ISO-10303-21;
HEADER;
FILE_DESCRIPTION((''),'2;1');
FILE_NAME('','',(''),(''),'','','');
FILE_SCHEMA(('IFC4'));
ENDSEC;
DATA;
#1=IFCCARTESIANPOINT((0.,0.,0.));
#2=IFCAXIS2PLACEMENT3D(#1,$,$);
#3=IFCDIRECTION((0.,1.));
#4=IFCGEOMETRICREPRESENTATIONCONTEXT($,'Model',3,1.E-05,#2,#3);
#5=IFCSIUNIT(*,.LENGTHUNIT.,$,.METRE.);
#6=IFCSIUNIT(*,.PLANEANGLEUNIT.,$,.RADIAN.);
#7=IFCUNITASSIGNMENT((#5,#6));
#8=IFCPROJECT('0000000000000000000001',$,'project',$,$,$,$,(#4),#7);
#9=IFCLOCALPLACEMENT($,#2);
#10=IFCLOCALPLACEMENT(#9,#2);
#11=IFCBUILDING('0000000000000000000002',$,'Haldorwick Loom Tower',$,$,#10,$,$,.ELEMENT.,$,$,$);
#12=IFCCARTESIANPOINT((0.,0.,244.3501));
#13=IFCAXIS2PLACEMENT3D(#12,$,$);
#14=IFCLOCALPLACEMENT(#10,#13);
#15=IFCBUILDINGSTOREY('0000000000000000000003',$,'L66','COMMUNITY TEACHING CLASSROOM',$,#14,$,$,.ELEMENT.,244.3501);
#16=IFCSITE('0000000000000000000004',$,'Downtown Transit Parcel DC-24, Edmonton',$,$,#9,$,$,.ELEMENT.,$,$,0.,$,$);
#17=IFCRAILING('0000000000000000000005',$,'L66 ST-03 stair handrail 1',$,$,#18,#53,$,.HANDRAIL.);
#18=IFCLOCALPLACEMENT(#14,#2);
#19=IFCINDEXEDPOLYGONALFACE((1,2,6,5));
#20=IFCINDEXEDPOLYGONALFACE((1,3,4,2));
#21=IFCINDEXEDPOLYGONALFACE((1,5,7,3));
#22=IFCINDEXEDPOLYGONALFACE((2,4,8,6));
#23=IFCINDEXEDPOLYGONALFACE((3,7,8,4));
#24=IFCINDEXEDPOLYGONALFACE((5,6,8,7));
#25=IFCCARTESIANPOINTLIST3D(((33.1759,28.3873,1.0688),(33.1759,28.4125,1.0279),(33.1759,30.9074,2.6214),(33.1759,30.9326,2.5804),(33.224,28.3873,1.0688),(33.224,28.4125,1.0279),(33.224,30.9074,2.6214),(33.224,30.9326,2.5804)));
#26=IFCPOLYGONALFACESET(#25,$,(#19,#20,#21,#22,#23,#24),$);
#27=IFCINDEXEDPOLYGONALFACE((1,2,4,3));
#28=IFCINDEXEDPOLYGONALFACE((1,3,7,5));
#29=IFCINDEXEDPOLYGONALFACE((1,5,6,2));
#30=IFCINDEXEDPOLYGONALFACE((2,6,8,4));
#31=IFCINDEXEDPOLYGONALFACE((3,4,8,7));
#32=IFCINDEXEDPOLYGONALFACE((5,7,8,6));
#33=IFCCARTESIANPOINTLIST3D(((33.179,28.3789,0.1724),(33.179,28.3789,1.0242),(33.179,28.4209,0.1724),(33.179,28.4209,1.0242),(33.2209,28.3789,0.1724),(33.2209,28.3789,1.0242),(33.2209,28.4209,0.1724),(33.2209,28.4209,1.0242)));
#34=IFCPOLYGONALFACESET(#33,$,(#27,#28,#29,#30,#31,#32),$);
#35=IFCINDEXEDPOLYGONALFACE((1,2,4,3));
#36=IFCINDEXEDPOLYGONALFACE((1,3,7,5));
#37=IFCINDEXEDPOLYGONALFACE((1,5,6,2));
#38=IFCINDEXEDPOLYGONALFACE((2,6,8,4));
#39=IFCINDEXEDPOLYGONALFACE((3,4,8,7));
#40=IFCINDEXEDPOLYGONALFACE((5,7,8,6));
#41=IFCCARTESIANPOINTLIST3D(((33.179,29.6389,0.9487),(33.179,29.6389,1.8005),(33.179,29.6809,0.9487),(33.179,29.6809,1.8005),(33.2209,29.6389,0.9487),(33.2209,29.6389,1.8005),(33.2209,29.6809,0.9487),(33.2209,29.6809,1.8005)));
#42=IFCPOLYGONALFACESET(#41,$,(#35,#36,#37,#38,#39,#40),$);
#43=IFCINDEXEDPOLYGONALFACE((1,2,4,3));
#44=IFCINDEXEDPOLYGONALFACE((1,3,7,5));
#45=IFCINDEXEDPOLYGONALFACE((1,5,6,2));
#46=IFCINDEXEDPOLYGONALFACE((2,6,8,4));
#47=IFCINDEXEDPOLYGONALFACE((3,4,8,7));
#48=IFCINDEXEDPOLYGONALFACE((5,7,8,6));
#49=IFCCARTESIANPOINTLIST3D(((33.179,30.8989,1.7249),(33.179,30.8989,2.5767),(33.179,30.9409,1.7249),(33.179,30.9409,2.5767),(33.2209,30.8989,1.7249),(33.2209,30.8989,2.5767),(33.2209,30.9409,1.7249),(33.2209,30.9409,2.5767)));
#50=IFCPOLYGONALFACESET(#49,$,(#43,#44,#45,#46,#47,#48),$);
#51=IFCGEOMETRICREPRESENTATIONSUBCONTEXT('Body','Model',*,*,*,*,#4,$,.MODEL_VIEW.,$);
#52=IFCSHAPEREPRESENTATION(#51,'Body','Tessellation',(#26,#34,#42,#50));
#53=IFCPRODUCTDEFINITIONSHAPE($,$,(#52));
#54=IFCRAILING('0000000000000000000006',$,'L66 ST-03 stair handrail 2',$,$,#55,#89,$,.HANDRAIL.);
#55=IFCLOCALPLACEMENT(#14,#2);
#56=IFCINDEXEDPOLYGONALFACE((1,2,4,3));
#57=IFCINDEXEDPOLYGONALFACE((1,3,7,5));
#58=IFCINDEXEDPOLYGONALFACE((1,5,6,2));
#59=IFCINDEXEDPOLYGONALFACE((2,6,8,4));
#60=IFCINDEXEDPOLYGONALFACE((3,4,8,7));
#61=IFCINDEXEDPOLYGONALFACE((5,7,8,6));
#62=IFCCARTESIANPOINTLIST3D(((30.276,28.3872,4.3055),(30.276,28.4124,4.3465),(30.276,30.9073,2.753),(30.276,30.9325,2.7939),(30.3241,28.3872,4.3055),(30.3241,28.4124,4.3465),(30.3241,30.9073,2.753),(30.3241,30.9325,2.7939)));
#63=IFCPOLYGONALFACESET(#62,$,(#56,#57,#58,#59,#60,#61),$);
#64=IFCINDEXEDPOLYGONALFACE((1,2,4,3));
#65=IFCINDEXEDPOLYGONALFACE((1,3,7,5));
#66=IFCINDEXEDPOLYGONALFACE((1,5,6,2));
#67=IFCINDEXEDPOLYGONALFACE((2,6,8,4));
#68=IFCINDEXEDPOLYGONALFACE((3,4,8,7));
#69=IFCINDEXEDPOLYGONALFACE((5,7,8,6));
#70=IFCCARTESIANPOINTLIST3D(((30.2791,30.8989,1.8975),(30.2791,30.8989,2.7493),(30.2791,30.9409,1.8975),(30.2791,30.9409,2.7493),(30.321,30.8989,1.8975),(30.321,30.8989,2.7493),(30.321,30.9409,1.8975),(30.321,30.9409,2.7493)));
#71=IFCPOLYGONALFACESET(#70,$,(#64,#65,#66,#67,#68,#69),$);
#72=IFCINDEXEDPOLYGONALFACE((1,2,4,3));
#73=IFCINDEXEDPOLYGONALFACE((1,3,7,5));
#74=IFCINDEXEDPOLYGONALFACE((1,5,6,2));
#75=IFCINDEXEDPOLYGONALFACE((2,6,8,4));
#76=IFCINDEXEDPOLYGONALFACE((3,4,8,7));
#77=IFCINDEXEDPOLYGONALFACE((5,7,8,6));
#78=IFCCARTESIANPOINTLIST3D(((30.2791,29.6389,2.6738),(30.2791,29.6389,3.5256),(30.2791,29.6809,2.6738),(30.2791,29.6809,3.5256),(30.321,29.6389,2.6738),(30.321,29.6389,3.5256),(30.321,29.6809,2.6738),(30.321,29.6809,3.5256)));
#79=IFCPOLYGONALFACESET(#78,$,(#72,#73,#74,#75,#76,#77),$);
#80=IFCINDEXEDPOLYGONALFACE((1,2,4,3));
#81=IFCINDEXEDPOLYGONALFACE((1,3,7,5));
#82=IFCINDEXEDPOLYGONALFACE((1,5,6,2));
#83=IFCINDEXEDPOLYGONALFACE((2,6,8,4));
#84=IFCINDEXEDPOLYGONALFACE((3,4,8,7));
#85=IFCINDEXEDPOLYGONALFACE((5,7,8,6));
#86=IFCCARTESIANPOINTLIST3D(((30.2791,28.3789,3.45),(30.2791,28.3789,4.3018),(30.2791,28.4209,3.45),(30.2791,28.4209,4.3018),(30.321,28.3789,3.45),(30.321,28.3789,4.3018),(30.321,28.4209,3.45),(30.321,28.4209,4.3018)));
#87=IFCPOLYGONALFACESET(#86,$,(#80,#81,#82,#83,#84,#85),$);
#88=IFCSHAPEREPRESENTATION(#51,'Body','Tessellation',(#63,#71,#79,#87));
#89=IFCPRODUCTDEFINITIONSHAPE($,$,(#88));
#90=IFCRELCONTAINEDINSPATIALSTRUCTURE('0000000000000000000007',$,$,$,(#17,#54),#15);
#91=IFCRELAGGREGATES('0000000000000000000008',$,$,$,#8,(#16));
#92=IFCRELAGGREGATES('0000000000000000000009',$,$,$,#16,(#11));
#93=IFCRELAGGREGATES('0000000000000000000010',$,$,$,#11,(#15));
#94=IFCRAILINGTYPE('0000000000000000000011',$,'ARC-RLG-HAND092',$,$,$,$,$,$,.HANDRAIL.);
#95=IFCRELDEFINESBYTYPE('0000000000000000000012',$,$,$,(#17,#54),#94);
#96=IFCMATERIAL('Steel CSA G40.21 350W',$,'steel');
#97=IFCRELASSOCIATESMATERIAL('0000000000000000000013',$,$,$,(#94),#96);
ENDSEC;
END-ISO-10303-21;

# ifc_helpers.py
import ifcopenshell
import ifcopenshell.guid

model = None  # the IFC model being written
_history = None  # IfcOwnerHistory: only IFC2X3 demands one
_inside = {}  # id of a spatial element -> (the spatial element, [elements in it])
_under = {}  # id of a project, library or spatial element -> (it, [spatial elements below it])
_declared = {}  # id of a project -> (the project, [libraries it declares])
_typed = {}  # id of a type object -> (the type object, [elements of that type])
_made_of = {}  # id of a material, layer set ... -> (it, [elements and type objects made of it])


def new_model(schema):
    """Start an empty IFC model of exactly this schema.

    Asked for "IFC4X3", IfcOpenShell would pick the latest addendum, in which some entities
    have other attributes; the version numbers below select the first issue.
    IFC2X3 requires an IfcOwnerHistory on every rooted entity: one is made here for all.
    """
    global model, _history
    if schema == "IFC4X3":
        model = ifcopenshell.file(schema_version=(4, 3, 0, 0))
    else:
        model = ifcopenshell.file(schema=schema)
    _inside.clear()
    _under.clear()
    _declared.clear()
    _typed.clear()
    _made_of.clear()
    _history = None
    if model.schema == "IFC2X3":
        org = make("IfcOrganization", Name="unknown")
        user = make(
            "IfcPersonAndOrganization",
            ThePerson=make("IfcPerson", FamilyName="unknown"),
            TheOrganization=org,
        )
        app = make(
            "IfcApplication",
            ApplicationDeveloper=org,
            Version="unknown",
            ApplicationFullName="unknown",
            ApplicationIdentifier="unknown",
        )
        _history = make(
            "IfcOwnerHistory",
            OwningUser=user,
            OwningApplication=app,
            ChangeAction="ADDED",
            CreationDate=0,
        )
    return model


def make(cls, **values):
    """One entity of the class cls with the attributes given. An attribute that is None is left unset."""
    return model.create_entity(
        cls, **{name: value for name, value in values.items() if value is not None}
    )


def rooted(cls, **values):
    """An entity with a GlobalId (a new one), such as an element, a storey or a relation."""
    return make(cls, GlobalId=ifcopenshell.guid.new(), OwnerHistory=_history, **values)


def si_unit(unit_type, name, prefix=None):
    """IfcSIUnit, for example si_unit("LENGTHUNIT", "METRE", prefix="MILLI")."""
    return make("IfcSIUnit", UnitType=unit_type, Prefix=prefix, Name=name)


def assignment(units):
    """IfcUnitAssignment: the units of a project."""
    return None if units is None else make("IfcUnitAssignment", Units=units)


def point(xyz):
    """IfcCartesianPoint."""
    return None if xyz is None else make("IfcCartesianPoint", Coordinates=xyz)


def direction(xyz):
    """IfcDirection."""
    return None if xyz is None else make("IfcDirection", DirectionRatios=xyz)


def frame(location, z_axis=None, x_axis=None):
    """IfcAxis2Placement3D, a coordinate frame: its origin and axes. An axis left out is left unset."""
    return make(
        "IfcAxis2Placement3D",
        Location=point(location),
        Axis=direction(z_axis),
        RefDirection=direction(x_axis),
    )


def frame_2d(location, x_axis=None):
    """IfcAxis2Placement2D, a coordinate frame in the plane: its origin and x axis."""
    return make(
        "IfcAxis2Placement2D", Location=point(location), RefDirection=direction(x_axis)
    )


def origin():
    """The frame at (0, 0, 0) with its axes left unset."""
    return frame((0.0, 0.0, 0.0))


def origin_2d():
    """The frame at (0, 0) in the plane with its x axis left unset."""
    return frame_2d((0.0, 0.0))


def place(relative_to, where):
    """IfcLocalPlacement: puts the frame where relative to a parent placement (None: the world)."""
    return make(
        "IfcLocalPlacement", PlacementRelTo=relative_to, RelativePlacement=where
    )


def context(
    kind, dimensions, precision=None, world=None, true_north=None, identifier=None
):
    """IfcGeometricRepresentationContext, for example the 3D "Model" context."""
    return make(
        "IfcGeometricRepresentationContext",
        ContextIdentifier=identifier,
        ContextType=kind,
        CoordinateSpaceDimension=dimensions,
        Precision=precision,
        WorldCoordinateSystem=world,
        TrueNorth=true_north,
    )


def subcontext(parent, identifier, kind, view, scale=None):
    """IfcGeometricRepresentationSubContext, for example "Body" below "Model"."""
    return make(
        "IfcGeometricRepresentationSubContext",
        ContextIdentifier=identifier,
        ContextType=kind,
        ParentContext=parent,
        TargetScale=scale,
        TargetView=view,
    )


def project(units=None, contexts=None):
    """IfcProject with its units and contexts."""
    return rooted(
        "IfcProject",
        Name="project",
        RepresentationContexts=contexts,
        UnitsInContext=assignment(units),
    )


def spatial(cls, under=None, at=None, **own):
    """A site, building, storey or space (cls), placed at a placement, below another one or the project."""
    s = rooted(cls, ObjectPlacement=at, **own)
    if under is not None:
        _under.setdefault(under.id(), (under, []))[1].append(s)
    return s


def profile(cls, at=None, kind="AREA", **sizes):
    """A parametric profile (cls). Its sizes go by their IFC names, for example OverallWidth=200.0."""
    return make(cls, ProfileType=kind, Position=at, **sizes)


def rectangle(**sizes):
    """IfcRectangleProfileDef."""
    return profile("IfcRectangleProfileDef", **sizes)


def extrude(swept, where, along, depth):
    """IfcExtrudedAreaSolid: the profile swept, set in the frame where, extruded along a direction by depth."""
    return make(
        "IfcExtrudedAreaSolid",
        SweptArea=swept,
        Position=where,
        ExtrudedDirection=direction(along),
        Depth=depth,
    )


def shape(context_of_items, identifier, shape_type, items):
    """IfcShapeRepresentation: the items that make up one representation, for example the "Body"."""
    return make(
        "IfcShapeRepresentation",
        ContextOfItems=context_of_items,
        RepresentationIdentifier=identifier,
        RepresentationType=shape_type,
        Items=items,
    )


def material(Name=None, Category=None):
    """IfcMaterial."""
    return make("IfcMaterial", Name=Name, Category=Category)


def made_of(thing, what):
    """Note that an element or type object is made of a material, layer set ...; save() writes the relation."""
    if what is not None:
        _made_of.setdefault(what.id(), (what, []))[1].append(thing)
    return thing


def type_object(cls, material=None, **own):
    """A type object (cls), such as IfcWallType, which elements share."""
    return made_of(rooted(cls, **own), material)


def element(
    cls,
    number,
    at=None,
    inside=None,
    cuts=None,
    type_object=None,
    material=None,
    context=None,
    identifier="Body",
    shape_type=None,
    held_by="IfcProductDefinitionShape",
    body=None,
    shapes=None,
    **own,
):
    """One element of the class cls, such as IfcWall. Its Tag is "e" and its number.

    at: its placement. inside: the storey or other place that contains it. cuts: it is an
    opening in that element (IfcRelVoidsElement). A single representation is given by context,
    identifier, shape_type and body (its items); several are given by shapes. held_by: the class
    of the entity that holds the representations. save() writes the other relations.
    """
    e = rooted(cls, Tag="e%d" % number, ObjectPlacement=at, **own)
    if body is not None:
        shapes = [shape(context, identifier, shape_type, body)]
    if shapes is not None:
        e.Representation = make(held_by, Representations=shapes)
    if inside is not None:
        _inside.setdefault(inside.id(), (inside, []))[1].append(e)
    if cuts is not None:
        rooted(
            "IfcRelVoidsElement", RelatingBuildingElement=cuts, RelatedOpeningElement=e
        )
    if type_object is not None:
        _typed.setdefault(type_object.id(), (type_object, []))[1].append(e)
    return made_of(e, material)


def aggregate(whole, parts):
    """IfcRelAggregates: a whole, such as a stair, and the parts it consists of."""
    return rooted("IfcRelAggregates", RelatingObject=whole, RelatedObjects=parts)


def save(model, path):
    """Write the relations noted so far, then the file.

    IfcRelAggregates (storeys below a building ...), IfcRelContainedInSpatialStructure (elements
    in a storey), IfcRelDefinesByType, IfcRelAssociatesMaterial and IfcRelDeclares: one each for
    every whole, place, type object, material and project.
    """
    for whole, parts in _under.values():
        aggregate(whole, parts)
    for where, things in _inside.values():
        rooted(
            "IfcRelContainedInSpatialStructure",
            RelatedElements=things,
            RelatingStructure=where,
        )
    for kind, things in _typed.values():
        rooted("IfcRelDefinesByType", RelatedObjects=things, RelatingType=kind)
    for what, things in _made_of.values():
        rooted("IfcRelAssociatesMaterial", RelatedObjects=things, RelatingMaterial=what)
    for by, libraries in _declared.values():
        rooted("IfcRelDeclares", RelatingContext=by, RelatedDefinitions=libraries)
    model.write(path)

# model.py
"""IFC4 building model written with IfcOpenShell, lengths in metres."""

from ifc_helpers import new_model, si_unit, direction, frame, origin, origin_2d, place, context, subcontext, project, spatial, rectangle, extrude, material, type_object, element, save


model = new_model("IFC4")

# Units and contexts
model_context = context("Model", 3, precision=1e-05, world=origin(), true_north=direction((0.0, 1.0)))
body_context = subcontext(model_context, "Body", "Model", "MODEL_VIEW")
ifc_project = project(units=[si_unit("LENGTHUNIT", "METRE"), si_unit("PLANEANGLEUNIT", "RADIAN")], contexts=[model_context])

# Site, building, storey
site_placement = place(None, origin())
site = spatial("IfcSite", under=ifc_project, at=site_placement, Name="Downtown Transit Parcel DC-24, Edmonton", CompositionType="ELEMENT", RefElevation=0.0)
building_placement = place(site_placement, origin())
building = spatial("IfcBuilding", under=site, at=building_placement, Name="Haldorwick Loom Tower", CompositionType="ELEMENT")
storey_placement = place(building_placement, frame((0.0, 0.0, 244.3501)))
storey = spatial("IfcBuildingStorey", under=building, at=storey_placement, Name="L66", Description="COMMUNITY TEACHING CLASSROOM", CompositionType="ELEMENT", Elevation=244.3501)

# Shared definitions
ifc_material_1 = material(Name="Steel CSA G40.21 350W", Category="steel")

# Railings
railing_type_1 = type_object("IfcRailingType", Name="ARC-RLG-HAND092", PredefinedType="HANDRAIL", material=ifc_material_1)
railing_1_placement = place(storey_placement, frame((33.2, 28.3999, 0.1724)))
element("IfcRailing", 1, at=railing_1_placement, inside=storey, type_object=railing_type_1, Name="L66 ST-03 stair handrail 1", PredefinedType="HANDRAIL", context=body_context, shape_type="SweptSolid", body=[
    extrude(rectangle(XDim=0.0481, YDim=0.0481, at=origin_2d()), frame((0.0, 0.0, 0.876), z_axis=(0.0, 0.8514, 0.524516), x_axis=(-1.0, 0.0, 0.0)), (0.0, 0.0, 1.0), 2.96),
    extrude(rectangle(XDim=0.042, YDim=0.042, at=origin_2d()), origin(), (0.0, 0.0, 1.0), 0.8518),
    extrude(rectangle(XDim=0.042, YDim=0.042, at=origin_2d()), frame((0.0, 1.26, 0.7764)), (0.0, 0.0, 1.0), 0.8518),
    extrude(rectangle(XDim=0.042, YDim=0.042, at=origin_2d()), frame((0.0, 2.52, 1.5525)), (0.0, 0.0, 1.0), 0.8518),
])
railing_2_placement = place(storey_placement, frame((30.3, 30.9199, 1.8975)))
element("IfcRailing", 2, at=railing_2_placement, inside=storey, type_object=railing_type_1, Name="L66 ST-03 stair handrail 2", PredefinedType="HANDRAIL", context=body_context, shape_type="SweptSolid", body=[
    extrude(rectangle(XDim=0.0481, YDim=0.0481, at=origin_2d()), frame((0.0, 0.0, 0.876), z_axis=(0.0, -0.8514, 0.524516), x_axis=(1.0, 0.0, 0.0)), (0.0, 0.0, 1.0), 2.96),
    extrude(rectangle(XDim=0.042, YDim=0.042, at=origin_2d()), origin(), (0.0, 0.0, 1.0), 0.8518),
    extrude(rectangle(XDim=0.042, YDim=0.042, at=origin_2d()), frame((0.0, -1.26, 0.7764)), (0.0, 0.0, 1.0), 0.8518),
    extrude(rectangle(XDim=0.042, YDim=0.042, at=origin_2d()), frame((0.0, -2.52, 1.5525)), (0.0, 0.0, 1.0), 0.8518),
])

save(model, "model.ifc")
